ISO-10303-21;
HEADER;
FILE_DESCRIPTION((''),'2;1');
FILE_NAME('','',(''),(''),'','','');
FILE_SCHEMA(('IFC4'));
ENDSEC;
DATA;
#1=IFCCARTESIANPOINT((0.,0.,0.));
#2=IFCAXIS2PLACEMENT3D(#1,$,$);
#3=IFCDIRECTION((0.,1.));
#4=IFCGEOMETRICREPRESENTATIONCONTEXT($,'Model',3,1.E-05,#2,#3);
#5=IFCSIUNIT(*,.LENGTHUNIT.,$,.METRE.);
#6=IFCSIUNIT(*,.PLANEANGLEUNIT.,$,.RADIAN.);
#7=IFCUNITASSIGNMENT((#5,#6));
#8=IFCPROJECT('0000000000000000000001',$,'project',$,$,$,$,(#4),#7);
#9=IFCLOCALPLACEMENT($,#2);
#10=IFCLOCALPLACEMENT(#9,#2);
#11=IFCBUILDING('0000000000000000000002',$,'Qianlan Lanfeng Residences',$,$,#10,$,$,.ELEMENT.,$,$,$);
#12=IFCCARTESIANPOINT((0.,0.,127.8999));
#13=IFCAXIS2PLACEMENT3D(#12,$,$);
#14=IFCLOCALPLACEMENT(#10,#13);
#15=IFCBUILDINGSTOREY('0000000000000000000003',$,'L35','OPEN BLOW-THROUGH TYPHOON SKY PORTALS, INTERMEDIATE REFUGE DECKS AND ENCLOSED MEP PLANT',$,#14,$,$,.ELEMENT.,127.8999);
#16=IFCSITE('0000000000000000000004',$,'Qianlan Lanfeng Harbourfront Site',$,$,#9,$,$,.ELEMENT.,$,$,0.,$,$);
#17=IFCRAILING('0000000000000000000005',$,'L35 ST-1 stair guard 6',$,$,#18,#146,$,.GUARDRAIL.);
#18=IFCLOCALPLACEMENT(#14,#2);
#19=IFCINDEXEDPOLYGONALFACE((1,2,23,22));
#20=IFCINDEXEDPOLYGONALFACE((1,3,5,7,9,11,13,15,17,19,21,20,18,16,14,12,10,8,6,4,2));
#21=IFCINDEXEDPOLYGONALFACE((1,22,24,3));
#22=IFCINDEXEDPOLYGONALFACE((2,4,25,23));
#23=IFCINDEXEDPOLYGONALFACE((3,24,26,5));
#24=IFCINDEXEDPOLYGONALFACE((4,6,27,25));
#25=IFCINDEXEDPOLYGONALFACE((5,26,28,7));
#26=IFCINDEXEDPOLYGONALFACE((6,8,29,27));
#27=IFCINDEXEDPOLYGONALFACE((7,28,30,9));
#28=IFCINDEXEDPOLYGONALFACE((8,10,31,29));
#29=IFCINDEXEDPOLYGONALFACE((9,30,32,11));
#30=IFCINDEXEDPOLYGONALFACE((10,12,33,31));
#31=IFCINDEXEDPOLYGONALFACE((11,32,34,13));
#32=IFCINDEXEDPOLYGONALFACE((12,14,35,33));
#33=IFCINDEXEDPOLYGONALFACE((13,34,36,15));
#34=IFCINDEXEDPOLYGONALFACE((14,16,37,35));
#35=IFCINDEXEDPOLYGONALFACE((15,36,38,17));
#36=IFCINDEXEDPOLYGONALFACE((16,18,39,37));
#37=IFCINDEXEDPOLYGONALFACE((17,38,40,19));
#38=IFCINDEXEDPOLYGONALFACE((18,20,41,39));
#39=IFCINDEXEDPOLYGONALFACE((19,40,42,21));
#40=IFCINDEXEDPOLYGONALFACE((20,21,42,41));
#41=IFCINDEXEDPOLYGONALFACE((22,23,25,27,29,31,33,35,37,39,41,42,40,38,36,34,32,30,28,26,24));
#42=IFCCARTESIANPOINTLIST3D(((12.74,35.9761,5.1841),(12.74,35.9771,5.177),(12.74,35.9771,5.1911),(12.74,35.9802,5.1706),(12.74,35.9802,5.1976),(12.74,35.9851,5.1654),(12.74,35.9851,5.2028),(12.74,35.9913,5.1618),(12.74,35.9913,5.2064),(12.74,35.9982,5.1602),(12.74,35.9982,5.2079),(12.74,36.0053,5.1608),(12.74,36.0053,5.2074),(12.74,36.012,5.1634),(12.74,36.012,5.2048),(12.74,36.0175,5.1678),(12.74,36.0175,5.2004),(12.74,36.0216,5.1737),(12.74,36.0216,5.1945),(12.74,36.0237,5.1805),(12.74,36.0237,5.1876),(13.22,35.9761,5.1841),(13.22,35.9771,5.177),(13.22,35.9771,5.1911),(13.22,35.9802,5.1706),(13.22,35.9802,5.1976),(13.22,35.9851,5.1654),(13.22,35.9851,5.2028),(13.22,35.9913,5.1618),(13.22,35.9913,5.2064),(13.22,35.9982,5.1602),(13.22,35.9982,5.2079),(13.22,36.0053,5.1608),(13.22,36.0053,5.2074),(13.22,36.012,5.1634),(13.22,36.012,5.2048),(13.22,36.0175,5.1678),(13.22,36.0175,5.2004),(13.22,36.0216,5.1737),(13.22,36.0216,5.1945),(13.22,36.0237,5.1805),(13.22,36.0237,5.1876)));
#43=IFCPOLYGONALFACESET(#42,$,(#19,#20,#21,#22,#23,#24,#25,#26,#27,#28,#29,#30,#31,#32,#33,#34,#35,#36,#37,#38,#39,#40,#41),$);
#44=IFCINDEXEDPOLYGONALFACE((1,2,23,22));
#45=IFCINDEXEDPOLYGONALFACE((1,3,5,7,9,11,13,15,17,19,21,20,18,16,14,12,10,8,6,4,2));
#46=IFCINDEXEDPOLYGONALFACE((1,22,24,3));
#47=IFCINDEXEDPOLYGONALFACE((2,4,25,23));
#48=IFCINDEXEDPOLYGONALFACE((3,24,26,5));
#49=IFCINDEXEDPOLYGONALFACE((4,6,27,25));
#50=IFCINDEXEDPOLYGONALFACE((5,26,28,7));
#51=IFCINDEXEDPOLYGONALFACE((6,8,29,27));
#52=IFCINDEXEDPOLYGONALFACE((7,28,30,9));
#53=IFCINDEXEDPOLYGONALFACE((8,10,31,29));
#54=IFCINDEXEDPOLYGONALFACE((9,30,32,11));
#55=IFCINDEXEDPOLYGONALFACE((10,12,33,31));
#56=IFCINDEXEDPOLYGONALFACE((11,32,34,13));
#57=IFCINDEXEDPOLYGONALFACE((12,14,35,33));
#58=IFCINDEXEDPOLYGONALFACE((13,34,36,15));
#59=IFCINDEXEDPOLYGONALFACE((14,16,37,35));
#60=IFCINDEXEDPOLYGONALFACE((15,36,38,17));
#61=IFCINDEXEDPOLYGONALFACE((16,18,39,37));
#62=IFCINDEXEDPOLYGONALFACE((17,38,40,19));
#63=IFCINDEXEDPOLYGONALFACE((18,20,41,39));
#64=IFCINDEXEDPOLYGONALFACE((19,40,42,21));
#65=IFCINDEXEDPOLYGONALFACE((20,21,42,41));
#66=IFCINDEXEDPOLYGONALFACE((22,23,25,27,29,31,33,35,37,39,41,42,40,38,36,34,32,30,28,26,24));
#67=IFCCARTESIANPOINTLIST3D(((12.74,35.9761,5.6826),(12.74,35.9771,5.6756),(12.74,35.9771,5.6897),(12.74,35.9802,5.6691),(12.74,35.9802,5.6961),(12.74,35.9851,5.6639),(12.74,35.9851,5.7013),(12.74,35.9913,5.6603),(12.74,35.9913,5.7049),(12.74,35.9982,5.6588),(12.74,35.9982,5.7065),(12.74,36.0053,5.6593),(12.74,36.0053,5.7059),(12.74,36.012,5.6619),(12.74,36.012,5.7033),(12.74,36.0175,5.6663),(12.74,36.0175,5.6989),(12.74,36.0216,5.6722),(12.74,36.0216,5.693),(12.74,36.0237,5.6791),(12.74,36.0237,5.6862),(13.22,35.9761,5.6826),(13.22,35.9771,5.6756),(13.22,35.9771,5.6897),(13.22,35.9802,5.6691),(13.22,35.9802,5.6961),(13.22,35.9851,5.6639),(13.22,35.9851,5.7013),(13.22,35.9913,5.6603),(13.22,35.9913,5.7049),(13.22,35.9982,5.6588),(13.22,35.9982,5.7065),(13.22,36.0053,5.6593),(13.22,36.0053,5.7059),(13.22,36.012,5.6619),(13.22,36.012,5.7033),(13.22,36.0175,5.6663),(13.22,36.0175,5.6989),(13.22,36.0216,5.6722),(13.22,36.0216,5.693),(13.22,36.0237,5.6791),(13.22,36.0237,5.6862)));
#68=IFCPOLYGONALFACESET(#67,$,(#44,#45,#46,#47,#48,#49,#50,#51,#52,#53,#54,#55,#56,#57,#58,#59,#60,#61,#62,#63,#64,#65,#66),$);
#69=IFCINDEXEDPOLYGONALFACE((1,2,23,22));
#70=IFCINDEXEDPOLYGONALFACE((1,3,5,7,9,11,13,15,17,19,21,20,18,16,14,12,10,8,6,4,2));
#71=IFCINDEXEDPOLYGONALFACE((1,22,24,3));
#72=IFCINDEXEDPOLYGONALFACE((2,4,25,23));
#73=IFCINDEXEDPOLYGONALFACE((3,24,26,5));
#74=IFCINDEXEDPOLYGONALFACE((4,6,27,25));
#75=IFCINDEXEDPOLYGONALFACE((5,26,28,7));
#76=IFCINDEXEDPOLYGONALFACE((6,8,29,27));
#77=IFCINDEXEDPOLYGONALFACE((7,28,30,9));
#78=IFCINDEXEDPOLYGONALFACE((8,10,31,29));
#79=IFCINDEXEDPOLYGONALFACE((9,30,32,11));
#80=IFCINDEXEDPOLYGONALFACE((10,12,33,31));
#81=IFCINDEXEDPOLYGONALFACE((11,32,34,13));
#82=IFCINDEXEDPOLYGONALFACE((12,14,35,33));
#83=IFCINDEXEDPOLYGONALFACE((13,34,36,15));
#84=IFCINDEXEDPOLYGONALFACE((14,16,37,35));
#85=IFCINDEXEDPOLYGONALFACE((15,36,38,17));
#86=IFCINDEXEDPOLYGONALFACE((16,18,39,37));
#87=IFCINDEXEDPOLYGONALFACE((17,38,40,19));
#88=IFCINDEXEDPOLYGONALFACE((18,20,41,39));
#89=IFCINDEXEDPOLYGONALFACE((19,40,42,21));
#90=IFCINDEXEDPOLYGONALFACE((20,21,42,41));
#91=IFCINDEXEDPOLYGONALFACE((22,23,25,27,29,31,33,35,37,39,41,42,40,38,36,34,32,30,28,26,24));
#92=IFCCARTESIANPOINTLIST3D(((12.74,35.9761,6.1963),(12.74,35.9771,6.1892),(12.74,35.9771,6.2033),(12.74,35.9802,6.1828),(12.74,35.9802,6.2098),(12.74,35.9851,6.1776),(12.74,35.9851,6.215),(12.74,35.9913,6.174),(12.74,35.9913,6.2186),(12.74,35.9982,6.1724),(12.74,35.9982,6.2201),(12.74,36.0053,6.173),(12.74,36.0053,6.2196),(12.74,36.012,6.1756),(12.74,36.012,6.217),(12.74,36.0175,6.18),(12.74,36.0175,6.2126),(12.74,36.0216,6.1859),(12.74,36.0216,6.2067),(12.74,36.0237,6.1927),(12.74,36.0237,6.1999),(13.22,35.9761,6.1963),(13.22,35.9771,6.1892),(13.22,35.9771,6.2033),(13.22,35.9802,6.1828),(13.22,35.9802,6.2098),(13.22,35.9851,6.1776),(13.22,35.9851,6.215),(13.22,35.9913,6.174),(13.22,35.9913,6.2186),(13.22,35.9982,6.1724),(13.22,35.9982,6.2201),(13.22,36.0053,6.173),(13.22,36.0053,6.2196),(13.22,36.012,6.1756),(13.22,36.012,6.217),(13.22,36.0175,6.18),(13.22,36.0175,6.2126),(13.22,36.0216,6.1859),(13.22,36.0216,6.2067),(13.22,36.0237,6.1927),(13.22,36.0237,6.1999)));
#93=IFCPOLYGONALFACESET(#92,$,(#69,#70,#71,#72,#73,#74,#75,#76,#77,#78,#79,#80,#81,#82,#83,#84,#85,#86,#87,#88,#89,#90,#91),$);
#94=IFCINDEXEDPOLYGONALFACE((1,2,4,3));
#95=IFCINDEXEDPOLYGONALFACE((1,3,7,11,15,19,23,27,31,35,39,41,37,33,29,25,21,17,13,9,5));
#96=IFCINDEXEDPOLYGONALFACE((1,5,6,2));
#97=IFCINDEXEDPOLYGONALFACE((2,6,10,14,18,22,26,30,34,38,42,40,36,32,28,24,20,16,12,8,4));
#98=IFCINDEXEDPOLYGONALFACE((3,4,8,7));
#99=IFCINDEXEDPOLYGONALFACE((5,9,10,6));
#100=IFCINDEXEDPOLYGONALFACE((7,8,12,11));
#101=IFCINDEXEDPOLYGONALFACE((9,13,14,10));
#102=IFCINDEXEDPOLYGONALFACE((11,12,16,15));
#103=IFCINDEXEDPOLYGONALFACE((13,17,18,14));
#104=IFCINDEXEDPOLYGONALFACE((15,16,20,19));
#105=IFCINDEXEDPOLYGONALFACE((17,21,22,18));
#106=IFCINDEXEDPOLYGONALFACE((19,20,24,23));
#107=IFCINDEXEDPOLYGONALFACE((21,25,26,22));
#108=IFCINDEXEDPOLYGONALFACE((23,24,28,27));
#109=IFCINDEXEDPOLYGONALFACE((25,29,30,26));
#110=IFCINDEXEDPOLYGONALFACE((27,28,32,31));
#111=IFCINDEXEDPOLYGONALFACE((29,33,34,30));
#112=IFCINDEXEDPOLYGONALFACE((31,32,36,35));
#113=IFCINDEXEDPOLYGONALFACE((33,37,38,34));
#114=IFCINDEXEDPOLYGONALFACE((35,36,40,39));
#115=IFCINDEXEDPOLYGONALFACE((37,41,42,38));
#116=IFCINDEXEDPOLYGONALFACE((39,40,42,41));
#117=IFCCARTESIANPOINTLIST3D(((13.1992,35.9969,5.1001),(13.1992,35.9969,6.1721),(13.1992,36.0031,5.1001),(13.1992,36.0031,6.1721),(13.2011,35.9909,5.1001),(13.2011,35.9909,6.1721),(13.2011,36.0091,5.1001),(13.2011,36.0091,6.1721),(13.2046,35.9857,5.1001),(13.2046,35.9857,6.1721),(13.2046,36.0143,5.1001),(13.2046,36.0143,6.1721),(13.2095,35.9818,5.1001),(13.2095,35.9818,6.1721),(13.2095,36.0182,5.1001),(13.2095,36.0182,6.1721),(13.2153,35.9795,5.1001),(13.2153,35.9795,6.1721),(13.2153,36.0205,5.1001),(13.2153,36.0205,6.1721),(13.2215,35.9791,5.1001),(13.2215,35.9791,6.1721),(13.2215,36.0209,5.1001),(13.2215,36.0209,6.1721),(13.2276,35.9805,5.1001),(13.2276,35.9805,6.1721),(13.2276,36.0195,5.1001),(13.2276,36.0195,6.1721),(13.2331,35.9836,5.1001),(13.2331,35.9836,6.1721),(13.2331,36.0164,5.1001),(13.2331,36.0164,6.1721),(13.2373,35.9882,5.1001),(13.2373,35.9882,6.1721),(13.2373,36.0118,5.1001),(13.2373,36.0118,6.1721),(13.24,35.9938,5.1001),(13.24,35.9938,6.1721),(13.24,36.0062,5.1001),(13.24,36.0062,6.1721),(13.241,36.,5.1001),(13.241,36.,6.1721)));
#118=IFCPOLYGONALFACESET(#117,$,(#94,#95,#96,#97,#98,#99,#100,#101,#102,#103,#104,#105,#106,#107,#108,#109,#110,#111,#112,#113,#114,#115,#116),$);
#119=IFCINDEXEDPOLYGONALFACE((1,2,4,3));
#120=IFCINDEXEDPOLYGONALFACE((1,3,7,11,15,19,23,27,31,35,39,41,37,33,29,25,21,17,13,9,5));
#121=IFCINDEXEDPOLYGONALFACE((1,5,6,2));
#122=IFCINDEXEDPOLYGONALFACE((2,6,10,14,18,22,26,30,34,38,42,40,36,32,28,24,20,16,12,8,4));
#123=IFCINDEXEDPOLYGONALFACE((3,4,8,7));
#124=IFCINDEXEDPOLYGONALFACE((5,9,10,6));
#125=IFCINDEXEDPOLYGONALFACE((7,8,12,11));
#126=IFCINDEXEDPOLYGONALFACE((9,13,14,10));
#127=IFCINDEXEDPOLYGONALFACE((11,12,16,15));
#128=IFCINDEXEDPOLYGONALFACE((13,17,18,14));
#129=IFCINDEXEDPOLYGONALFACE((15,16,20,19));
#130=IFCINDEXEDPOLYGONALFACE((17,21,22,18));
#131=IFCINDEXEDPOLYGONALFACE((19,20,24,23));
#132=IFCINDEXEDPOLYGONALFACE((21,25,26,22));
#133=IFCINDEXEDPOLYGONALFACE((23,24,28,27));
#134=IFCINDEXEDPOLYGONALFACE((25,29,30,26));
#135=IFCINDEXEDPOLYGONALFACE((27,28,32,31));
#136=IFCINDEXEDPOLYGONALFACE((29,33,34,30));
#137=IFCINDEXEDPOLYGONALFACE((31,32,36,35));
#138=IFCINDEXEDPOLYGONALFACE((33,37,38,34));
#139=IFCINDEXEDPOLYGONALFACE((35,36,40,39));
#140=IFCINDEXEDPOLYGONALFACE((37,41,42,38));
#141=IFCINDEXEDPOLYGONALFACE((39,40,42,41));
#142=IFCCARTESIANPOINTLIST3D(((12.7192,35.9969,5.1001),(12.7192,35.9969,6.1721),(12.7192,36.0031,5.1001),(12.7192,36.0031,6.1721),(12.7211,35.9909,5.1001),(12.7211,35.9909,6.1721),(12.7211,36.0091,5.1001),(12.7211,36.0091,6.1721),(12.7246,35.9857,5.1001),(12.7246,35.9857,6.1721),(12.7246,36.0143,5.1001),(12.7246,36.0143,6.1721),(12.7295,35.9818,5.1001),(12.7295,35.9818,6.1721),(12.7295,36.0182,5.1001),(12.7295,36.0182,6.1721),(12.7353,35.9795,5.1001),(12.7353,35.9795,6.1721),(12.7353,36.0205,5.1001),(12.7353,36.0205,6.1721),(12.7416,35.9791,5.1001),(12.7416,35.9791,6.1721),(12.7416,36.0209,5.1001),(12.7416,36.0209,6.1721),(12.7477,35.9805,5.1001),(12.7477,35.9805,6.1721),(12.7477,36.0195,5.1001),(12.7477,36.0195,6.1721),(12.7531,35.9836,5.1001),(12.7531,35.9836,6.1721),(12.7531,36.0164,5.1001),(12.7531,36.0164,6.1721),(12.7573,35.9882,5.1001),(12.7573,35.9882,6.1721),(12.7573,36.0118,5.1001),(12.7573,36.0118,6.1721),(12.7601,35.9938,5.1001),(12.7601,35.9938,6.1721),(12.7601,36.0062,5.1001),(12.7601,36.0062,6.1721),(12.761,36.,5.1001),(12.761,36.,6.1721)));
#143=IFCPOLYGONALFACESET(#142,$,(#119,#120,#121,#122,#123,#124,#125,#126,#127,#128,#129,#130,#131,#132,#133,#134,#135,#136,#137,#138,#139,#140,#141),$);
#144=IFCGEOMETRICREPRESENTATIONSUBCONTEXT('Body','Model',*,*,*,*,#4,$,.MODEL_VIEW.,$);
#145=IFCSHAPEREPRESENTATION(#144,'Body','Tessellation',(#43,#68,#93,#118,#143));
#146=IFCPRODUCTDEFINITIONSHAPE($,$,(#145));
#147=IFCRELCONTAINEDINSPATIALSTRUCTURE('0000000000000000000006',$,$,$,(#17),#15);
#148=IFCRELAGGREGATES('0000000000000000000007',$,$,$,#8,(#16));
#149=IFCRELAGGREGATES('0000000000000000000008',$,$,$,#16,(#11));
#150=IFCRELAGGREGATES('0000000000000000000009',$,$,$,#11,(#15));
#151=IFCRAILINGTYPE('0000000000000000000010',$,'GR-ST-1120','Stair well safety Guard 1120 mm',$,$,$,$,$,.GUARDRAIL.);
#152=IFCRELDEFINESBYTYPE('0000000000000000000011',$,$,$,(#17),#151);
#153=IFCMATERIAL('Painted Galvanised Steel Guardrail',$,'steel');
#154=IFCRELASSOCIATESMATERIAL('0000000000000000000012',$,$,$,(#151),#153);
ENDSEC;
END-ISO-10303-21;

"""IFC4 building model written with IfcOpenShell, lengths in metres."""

from ifc_helpers import new_model, si_unit, direction, frame, origin, origin_2d, place, context, subcontext, project, spatial, circle, extrude, material, type_object, element, save


model = new_model("IFC4")

# Units and contexts
model_context = context("Model", 3, precision=1e-05, world=origin(), true_north=direction((0.0, 1.0)))
body_context = subcontext(model_context, "Body", "Model", "MODEL_VIEW")
ifc_project = project(units=[si_unit("LENGTHUNIT", "METRE"), si_unit("PLANEANGLEUNIT", "RADIAN")], contexts=[model_context])

# Site, building, storey
site_placement = place(None, origin())
site = spatial("IfcSite", under=ifc_project, at=site_placement, Name="Qianlan Lanfeng Harbourfront Site", CompositionType="ELEMENT", RefElevation=0.0)
building_placement = place(site_placement, origin())
building = spatial("IfcBuilding", under=site, at=building_placement, Name="Qianlan Lanfeng Residences", CompositionType="ELEMENT")
storey_placement = place(building_placement, frame((0.0, 0.0, 127.8999)))
storey = spatial("IfcBuildingStorey", under=building, at=storey_placement, Name="L35", Description="OPEN BLOW-THROUGH TYPHOON SKY PORTALS, INTERMEDIATE REFUGE DECKS AND ENCLOSED MEP PLANT", CompositionType="ELEMENT", Elevation=127.8999)

# Railing
ifc_material_1 = material(Name="Painted Galvanised Steel Guardrail", Category="steel")
railing_type_1 = type_object("IfcRailingType", Name="GR-ST-1120", Description="Stair well safety Guard 1120 mm", PredefinedType="GUARDRAIL", material=ifc_material_1)
for number, where, name in (
    (1, (13.22, 36.0, 5.1001), "L35 ST-1 stair guard 6"),
):
    element("IfcRailing", number, at=place(storey_placement, frame(where)), inside=storey, type_object=railing_type_1, Name=name, PredefinedType="GUARDRAIL", context=body_context, shape_type="SweptSolid", body=[
        extrude(circle(Radius=0.0239, at=origin_2d()), frame((0.0, 0.0, 0.084), z_axis=(-1.0, 0.0, 0.0), x_axis=(0.0, -1.0, 0.0)), (0.0, 0.0, 1.0), 0.48),
        extrude(circle(Radius=0.0239, at=origin_2d()), frame((0.0, 0.0, 0.5825), z_axis=(-1.0, 0.0, 0.0), x_axis=(0.0, -1.0, 0.0)), (0.0, 0.0, 1.0), 0.48),
        extrude(circle(Radius=0.0239, at=origin_2d()), frame((0.0, 0.0, 1.0962), z_axis=(-1.0, 0.0, 0.0), x_axis=(0.0, -1.0, 0.0)), (0.0, 0.0, 1.0), 0.48),
        extrude(circle(Radius=0.021, at=origin_2d()), origin(), (0.0, 0.0, 1.0), 1.072),
        extrude(circle(Radius=0.021, at=origin_2d()), frame((-0.48, 0.0, 0.0)), (0.0, 0.0, 1.0), 1.072),
    ])

save(model, "model.ifc")
